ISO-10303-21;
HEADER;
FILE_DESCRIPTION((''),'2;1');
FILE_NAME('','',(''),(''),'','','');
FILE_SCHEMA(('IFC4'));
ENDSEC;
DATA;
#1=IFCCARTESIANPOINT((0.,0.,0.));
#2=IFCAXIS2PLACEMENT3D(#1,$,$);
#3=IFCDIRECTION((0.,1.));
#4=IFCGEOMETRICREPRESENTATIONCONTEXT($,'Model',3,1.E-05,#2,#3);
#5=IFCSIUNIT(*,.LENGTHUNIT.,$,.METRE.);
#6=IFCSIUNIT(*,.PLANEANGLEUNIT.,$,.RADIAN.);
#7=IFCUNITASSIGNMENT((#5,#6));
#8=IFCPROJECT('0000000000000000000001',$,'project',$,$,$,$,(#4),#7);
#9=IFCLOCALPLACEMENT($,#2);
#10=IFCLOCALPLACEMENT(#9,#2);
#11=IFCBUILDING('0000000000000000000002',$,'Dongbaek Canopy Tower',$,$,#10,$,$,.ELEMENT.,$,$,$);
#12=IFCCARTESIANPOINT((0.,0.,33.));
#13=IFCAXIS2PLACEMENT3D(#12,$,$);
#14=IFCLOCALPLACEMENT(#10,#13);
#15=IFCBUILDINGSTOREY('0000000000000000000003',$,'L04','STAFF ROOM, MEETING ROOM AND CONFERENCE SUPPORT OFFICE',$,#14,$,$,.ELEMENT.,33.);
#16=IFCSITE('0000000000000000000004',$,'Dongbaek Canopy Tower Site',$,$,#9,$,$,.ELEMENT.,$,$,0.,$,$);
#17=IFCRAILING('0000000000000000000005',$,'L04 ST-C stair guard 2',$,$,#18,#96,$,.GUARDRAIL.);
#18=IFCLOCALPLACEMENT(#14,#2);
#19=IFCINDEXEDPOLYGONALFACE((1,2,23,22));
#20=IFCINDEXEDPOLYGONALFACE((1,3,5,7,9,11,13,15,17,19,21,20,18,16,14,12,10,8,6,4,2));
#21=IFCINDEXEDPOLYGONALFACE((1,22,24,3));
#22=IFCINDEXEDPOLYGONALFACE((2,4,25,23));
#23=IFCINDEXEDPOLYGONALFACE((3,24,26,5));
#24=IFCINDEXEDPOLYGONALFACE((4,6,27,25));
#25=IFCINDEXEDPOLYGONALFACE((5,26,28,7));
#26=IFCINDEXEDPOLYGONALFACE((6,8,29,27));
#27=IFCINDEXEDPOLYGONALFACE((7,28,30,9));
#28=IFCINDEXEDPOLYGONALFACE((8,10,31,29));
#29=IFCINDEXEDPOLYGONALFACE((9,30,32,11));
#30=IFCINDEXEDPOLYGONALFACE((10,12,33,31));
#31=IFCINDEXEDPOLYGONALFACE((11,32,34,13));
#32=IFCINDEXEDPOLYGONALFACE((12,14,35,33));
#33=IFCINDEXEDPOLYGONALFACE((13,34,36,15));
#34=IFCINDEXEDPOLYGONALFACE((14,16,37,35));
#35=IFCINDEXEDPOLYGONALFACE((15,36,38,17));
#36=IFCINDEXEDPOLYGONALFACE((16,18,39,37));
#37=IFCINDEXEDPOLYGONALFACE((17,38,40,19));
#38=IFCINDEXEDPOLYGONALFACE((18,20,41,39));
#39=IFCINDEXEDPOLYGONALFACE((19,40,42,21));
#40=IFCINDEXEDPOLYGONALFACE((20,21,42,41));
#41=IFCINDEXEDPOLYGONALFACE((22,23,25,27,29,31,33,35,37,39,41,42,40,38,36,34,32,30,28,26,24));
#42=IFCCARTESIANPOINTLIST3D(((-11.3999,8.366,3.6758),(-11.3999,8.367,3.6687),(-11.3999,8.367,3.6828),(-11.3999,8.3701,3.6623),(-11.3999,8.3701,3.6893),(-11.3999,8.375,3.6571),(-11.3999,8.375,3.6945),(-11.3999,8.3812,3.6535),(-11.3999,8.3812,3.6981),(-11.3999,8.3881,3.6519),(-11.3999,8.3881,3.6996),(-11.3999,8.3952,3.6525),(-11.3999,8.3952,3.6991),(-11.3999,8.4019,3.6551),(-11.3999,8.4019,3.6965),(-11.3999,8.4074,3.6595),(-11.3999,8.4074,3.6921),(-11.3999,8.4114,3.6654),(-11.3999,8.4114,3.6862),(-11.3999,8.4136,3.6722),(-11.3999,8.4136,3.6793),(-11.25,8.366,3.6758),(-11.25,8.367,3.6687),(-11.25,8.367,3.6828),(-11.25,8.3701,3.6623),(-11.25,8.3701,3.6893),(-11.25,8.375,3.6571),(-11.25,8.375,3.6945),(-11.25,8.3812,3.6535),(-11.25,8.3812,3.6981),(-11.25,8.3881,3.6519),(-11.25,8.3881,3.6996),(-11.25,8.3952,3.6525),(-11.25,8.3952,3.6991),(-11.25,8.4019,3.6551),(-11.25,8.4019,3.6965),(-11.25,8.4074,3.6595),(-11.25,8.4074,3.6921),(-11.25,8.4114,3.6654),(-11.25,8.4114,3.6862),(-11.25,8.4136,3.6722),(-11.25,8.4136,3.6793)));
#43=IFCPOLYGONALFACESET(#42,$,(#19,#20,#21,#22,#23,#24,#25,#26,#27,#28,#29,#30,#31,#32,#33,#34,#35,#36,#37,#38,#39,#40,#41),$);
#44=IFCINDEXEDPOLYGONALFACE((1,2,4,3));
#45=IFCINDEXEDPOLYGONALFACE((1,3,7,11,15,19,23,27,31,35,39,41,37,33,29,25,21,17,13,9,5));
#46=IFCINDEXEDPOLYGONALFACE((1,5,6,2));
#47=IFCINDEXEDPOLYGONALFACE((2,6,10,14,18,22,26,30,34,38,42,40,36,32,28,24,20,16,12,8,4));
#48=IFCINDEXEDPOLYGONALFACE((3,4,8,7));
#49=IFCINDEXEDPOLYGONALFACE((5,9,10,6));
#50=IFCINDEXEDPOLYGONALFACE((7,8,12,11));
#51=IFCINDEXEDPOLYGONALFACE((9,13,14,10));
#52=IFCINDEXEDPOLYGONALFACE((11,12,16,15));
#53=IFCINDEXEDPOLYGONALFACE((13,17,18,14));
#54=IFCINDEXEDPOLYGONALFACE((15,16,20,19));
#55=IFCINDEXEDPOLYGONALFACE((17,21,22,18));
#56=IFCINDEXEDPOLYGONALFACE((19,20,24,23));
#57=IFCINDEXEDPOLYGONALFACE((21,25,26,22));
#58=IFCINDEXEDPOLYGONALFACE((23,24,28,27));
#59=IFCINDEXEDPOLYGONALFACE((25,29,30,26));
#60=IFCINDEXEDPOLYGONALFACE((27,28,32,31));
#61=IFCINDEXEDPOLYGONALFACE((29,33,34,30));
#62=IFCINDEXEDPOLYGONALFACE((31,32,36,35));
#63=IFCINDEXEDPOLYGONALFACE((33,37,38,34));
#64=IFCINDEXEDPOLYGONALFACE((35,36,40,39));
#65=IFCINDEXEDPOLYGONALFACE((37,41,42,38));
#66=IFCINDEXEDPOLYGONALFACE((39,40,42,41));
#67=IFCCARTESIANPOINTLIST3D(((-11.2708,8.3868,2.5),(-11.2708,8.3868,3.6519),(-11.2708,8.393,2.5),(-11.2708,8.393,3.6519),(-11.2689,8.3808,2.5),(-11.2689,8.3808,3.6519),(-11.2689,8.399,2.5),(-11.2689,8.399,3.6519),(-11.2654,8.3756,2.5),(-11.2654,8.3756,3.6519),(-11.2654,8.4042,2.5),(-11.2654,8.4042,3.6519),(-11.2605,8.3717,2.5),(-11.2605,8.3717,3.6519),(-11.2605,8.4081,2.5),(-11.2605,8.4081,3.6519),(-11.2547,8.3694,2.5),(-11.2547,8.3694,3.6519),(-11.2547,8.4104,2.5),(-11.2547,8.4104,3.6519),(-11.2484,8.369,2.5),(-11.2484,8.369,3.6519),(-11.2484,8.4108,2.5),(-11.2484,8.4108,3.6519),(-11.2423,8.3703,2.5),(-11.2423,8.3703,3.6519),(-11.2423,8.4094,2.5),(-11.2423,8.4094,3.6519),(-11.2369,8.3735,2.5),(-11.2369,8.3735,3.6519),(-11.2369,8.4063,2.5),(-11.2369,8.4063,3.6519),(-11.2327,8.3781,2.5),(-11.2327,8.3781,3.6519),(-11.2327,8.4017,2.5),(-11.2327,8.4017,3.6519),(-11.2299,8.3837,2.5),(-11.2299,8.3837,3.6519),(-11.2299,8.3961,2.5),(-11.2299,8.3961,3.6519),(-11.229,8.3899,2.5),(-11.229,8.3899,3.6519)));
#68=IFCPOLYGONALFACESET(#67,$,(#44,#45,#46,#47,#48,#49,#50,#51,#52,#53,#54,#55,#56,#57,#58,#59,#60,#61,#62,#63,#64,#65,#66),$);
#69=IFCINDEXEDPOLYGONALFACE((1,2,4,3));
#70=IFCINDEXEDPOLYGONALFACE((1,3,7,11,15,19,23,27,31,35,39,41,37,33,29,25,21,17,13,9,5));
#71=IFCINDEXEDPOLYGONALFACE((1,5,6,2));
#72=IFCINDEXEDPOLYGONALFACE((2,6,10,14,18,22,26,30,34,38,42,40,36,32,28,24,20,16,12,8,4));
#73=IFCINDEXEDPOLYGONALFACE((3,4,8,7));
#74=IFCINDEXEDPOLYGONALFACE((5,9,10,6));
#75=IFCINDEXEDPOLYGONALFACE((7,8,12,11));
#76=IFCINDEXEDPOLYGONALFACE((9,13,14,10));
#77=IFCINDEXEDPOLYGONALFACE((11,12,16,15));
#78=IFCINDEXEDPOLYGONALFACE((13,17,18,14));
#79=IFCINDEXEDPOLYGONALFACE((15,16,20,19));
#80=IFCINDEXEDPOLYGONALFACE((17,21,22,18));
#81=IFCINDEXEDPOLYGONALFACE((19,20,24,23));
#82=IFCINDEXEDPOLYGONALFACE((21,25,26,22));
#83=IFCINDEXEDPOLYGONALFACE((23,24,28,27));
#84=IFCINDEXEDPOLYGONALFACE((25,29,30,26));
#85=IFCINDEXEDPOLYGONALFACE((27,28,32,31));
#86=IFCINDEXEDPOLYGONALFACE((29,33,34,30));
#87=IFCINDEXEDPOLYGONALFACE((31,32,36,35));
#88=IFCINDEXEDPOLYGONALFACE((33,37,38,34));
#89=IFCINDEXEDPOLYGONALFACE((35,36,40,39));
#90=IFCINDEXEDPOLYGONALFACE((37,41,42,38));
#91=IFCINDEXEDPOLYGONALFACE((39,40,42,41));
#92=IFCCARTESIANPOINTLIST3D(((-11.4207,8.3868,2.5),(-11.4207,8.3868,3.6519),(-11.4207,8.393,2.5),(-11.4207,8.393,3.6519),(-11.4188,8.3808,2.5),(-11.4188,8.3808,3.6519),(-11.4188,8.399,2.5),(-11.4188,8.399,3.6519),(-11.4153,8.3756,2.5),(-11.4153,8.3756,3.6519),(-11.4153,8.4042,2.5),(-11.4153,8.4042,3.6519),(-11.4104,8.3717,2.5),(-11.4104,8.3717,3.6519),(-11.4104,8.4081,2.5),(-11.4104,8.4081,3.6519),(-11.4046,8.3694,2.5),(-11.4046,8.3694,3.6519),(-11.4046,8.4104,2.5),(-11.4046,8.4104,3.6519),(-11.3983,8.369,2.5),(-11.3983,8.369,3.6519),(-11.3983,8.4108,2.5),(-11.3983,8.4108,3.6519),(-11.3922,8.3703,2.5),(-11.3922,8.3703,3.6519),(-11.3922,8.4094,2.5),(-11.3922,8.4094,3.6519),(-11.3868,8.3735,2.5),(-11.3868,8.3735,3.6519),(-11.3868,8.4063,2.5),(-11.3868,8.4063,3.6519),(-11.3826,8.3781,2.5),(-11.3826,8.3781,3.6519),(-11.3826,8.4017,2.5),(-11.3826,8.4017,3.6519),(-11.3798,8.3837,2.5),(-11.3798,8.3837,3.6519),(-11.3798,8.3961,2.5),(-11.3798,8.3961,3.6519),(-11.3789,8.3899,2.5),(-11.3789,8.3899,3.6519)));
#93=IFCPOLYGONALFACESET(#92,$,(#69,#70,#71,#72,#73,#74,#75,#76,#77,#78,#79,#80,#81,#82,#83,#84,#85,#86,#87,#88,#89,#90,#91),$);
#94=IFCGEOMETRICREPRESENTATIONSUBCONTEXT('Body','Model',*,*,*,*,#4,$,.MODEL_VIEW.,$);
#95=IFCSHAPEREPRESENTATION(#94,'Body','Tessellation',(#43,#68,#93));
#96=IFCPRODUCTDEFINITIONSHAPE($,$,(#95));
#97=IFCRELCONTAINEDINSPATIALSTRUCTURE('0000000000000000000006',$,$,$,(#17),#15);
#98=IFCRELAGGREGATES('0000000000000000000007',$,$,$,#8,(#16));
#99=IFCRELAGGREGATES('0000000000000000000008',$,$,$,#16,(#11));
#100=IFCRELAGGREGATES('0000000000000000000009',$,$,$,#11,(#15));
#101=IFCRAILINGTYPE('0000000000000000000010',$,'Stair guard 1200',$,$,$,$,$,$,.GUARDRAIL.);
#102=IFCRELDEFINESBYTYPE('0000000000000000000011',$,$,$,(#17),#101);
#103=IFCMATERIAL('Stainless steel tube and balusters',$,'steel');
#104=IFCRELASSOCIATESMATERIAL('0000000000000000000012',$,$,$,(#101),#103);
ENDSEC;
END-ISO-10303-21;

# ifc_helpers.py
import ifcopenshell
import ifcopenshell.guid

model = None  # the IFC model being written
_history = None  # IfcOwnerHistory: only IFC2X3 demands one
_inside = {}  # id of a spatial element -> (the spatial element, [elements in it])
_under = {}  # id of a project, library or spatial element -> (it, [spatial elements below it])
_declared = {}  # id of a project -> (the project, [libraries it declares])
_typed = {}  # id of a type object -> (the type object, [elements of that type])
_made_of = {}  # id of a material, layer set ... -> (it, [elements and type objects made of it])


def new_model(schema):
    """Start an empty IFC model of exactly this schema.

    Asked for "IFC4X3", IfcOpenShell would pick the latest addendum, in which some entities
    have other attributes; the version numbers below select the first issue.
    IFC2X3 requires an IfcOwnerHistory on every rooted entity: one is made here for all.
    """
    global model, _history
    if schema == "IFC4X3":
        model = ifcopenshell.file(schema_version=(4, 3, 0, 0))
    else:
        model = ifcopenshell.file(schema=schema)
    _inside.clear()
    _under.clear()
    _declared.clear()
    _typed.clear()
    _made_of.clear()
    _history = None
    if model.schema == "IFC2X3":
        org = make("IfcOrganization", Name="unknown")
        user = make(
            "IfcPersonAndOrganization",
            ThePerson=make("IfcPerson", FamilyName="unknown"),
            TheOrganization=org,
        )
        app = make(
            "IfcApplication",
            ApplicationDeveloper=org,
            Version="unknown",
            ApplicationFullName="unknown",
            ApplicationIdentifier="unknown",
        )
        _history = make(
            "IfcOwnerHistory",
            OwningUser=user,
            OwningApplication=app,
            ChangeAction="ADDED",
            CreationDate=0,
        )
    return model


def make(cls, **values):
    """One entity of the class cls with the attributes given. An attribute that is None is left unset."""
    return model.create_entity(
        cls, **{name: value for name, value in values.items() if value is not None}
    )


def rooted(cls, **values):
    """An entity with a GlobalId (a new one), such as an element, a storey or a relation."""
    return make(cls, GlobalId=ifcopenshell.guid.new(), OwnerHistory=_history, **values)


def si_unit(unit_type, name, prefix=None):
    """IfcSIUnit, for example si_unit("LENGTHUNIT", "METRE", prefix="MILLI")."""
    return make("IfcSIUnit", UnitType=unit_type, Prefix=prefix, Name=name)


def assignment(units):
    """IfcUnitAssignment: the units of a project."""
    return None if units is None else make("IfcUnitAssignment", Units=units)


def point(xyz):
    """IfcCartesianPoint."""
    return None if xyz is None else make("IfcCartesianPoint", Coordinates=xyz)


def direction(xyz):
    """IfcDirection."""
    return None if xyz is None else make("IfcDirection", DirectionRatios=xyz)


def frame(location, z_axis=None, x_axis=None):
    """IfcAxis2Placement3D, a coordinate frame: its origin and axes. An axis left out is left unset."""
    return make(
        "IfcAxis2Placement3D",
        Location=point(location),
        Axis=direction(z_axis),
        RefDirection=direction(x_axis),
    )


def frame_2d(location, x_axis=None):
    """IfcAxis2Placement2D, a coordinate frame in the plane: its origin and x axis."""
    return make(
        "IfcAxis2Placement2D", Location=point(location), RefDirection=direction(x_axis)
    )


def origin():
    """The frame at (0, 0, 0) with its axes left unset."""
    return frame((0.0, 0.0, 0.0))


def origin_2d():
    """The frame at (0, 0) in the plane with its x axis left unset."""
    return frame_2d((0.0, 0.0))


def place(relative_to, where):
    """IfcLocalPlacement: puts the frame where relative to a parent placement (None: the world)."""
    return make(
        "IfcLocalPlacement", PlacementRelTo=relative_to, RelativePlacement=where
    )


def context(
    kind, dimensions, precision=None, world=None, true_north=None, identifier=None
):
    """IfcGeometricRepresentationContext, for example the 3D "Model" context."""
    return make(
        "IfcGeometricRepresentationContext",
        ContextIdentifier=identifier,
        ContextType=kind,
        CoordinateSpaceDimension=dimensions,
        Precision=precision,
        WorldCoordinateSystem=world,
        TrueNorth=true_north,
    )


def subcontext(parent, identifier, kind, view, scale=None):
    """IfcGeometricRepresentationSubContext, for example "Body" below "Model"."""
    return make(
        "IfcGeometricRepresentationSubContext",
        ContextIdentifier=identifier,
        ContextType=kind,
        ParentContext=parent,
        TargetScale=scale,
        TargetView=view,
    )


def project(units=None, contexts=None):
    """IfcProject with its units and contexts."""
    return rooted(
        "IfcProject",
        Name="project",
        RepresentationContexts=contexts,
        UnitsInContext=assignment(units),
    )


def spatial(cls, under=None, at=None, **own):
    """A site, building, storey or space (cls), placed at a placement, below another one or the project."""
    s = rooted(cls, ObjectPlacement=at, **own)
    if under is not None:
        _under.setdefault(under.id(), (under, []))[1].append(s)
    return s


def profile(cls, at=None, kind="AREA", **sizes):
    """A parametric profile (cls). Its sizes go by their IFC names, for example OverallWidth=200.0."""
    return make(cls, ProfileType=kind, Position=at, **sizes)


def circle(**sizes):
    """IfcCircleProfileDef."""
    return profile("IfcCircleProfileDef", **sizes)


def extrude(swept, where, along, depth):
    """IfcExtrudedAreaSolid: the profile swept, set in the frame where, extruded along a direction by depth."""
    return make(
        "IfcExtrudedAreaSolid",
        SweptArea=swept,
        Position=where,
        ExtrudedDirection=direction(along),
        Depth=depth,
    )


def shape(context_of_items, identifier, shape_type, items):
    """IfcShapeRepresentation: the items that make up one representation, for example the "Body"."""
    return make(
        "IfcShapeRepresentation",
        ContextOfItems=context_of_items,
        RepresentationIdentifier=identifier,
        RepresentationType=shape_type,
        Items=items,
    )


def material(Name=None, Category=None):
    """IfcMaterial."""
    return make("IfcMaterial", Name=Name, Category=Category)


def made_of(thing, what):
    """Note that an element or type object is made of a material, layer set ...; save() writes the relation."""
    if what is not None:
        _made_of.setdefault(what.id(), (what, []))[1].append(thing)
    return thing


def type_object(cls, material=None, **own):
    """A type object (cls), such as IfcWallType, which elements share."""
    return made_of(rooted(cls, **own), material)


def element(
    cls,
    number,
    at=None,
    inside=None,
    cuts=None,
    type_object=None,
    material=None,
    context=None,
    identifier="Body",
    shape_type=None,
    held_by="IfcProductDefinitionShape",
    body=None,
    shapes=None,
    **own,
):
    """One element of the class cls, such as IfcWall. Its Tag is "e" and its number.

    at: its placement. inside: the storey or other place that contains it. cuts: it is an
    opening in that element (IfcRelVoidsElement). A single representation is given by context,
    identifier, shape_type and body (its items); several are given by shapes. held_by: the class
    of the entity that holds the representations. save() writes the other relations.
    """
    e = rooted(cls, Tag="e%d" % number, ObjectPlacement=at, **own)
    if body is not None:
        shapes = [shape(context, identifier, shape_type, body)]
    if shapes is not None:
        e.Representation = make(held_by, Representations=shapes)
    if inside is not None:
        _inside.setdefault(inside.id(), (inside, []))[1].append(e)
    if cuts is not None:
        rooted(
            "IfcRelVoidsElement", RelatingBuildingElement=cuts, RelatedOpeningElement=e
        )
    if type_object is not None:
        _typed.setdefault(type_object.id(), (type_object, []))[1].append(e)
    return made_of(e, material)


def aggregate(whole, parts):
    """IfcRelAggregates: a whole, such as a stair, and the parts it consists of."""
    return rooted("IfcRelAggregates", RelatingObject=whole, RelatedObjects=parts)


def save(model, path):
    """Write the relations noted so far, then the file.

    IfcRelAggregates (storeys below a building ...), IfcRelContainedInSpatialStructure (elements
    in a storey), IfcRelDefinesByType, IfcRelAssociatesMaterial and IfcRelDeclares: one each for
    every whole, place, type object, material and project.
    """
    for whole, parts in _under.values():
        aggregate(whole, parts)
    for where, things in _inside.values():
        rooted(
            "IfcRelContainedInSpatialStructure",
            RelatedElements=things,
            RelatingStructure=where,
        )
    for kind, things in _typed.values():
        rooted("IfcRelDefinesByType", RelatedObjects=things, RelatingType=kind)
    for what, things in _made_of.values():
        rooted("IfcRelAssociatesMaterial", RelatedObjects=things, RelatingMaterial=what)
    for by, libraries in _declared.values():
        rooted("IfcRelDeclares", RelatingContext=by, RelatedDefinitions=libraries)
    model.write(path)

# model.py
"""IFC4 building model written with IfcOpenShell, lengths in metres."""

from ifc_helpers import new_model, si_unit, direction, frame, origin, origin_2d, place, context, subcontext, project, spatial, circle, extrude, material, type_object, element, save


model = new_model("IFC4")

# Units and contexts
model_context = context("Model", 3, precision=1e-05, world=origin(), true_north=direction((0.0, 1.0)))
body_context = subcontext(model_context, "Body", "Model", "MODEL_VIEW")
ifc_project = project(units=[si_unit("LENGTHUNIT", "METRE"), si_unit("PLANEANGLEUNIT", "RADIAN")], contexts=[model_context])

# Site, building, storey
site_placement = place(None, origin())
site = spatial("IfcSite", under=ifc_project, at=site_placement, Name="Dongbaek Canopy Tower Site", CompositionType="ELEMENT", RefElevation=0.0)
building_placement = place(site_placement, origin())
building = spatial("IfcBuilding", under=site, at=building_placement, Name="Dongbaek Canopy Tower", CompositionType="ELEMENT")
storey_placement = place(building_placement, frame((0.0, 0.0, 33.0)))
storey = spatial("IfcBuildingStorey", under=building, at=storey_placement, Name="L04", Description="STAFF ROOM, MEETING ROOM AND CONFERENCE SUPPORT OFFICE", CompositionType="ELEMENT", Elevation=33.0)

# Railing
ifc_material_1 = material(Name="Stainless steel tube and balusters", Category="steel")
railing_type_1 = type_object("IfcRailingType", Name="Stair guard 1200", PredefinedType="GUARDRAIL", material=ifc_material_1)
railing_1_placement = place(storey_placement, frame((-11.25, 8.3899, 2.5)))
element("IfcRailing", 1, at=railing_1_placement, inside=storey, type_object=railing_type_1, Name="L04 ST-C stair guard 2", PredefinedType="GUARDRAIL", context=body_context, shape_type="SweptSolid", body=[
    extrude(circle(Radius=0.0239, at=origin_2d()), frame((0.0, 0.0, 1.1758), z_axis=(-1.0, 0.0, 0.0), x_axis=(0.0, -1.0, 0.0)), (0.0, 0.0, 1.0), 0.1499),
    extrude(circle(Radius=0.021, at=origin_2d()), origin(), (0.0, 0.0, 1.0), 1.1519),
    extrude(circle(Radius=0.021, at=origin_2d()), frame((-0.1499, 0.0, 0.0)), (0.0, 0.0, 1.0), 1.1519),
])

save(model, "model.ifc")
